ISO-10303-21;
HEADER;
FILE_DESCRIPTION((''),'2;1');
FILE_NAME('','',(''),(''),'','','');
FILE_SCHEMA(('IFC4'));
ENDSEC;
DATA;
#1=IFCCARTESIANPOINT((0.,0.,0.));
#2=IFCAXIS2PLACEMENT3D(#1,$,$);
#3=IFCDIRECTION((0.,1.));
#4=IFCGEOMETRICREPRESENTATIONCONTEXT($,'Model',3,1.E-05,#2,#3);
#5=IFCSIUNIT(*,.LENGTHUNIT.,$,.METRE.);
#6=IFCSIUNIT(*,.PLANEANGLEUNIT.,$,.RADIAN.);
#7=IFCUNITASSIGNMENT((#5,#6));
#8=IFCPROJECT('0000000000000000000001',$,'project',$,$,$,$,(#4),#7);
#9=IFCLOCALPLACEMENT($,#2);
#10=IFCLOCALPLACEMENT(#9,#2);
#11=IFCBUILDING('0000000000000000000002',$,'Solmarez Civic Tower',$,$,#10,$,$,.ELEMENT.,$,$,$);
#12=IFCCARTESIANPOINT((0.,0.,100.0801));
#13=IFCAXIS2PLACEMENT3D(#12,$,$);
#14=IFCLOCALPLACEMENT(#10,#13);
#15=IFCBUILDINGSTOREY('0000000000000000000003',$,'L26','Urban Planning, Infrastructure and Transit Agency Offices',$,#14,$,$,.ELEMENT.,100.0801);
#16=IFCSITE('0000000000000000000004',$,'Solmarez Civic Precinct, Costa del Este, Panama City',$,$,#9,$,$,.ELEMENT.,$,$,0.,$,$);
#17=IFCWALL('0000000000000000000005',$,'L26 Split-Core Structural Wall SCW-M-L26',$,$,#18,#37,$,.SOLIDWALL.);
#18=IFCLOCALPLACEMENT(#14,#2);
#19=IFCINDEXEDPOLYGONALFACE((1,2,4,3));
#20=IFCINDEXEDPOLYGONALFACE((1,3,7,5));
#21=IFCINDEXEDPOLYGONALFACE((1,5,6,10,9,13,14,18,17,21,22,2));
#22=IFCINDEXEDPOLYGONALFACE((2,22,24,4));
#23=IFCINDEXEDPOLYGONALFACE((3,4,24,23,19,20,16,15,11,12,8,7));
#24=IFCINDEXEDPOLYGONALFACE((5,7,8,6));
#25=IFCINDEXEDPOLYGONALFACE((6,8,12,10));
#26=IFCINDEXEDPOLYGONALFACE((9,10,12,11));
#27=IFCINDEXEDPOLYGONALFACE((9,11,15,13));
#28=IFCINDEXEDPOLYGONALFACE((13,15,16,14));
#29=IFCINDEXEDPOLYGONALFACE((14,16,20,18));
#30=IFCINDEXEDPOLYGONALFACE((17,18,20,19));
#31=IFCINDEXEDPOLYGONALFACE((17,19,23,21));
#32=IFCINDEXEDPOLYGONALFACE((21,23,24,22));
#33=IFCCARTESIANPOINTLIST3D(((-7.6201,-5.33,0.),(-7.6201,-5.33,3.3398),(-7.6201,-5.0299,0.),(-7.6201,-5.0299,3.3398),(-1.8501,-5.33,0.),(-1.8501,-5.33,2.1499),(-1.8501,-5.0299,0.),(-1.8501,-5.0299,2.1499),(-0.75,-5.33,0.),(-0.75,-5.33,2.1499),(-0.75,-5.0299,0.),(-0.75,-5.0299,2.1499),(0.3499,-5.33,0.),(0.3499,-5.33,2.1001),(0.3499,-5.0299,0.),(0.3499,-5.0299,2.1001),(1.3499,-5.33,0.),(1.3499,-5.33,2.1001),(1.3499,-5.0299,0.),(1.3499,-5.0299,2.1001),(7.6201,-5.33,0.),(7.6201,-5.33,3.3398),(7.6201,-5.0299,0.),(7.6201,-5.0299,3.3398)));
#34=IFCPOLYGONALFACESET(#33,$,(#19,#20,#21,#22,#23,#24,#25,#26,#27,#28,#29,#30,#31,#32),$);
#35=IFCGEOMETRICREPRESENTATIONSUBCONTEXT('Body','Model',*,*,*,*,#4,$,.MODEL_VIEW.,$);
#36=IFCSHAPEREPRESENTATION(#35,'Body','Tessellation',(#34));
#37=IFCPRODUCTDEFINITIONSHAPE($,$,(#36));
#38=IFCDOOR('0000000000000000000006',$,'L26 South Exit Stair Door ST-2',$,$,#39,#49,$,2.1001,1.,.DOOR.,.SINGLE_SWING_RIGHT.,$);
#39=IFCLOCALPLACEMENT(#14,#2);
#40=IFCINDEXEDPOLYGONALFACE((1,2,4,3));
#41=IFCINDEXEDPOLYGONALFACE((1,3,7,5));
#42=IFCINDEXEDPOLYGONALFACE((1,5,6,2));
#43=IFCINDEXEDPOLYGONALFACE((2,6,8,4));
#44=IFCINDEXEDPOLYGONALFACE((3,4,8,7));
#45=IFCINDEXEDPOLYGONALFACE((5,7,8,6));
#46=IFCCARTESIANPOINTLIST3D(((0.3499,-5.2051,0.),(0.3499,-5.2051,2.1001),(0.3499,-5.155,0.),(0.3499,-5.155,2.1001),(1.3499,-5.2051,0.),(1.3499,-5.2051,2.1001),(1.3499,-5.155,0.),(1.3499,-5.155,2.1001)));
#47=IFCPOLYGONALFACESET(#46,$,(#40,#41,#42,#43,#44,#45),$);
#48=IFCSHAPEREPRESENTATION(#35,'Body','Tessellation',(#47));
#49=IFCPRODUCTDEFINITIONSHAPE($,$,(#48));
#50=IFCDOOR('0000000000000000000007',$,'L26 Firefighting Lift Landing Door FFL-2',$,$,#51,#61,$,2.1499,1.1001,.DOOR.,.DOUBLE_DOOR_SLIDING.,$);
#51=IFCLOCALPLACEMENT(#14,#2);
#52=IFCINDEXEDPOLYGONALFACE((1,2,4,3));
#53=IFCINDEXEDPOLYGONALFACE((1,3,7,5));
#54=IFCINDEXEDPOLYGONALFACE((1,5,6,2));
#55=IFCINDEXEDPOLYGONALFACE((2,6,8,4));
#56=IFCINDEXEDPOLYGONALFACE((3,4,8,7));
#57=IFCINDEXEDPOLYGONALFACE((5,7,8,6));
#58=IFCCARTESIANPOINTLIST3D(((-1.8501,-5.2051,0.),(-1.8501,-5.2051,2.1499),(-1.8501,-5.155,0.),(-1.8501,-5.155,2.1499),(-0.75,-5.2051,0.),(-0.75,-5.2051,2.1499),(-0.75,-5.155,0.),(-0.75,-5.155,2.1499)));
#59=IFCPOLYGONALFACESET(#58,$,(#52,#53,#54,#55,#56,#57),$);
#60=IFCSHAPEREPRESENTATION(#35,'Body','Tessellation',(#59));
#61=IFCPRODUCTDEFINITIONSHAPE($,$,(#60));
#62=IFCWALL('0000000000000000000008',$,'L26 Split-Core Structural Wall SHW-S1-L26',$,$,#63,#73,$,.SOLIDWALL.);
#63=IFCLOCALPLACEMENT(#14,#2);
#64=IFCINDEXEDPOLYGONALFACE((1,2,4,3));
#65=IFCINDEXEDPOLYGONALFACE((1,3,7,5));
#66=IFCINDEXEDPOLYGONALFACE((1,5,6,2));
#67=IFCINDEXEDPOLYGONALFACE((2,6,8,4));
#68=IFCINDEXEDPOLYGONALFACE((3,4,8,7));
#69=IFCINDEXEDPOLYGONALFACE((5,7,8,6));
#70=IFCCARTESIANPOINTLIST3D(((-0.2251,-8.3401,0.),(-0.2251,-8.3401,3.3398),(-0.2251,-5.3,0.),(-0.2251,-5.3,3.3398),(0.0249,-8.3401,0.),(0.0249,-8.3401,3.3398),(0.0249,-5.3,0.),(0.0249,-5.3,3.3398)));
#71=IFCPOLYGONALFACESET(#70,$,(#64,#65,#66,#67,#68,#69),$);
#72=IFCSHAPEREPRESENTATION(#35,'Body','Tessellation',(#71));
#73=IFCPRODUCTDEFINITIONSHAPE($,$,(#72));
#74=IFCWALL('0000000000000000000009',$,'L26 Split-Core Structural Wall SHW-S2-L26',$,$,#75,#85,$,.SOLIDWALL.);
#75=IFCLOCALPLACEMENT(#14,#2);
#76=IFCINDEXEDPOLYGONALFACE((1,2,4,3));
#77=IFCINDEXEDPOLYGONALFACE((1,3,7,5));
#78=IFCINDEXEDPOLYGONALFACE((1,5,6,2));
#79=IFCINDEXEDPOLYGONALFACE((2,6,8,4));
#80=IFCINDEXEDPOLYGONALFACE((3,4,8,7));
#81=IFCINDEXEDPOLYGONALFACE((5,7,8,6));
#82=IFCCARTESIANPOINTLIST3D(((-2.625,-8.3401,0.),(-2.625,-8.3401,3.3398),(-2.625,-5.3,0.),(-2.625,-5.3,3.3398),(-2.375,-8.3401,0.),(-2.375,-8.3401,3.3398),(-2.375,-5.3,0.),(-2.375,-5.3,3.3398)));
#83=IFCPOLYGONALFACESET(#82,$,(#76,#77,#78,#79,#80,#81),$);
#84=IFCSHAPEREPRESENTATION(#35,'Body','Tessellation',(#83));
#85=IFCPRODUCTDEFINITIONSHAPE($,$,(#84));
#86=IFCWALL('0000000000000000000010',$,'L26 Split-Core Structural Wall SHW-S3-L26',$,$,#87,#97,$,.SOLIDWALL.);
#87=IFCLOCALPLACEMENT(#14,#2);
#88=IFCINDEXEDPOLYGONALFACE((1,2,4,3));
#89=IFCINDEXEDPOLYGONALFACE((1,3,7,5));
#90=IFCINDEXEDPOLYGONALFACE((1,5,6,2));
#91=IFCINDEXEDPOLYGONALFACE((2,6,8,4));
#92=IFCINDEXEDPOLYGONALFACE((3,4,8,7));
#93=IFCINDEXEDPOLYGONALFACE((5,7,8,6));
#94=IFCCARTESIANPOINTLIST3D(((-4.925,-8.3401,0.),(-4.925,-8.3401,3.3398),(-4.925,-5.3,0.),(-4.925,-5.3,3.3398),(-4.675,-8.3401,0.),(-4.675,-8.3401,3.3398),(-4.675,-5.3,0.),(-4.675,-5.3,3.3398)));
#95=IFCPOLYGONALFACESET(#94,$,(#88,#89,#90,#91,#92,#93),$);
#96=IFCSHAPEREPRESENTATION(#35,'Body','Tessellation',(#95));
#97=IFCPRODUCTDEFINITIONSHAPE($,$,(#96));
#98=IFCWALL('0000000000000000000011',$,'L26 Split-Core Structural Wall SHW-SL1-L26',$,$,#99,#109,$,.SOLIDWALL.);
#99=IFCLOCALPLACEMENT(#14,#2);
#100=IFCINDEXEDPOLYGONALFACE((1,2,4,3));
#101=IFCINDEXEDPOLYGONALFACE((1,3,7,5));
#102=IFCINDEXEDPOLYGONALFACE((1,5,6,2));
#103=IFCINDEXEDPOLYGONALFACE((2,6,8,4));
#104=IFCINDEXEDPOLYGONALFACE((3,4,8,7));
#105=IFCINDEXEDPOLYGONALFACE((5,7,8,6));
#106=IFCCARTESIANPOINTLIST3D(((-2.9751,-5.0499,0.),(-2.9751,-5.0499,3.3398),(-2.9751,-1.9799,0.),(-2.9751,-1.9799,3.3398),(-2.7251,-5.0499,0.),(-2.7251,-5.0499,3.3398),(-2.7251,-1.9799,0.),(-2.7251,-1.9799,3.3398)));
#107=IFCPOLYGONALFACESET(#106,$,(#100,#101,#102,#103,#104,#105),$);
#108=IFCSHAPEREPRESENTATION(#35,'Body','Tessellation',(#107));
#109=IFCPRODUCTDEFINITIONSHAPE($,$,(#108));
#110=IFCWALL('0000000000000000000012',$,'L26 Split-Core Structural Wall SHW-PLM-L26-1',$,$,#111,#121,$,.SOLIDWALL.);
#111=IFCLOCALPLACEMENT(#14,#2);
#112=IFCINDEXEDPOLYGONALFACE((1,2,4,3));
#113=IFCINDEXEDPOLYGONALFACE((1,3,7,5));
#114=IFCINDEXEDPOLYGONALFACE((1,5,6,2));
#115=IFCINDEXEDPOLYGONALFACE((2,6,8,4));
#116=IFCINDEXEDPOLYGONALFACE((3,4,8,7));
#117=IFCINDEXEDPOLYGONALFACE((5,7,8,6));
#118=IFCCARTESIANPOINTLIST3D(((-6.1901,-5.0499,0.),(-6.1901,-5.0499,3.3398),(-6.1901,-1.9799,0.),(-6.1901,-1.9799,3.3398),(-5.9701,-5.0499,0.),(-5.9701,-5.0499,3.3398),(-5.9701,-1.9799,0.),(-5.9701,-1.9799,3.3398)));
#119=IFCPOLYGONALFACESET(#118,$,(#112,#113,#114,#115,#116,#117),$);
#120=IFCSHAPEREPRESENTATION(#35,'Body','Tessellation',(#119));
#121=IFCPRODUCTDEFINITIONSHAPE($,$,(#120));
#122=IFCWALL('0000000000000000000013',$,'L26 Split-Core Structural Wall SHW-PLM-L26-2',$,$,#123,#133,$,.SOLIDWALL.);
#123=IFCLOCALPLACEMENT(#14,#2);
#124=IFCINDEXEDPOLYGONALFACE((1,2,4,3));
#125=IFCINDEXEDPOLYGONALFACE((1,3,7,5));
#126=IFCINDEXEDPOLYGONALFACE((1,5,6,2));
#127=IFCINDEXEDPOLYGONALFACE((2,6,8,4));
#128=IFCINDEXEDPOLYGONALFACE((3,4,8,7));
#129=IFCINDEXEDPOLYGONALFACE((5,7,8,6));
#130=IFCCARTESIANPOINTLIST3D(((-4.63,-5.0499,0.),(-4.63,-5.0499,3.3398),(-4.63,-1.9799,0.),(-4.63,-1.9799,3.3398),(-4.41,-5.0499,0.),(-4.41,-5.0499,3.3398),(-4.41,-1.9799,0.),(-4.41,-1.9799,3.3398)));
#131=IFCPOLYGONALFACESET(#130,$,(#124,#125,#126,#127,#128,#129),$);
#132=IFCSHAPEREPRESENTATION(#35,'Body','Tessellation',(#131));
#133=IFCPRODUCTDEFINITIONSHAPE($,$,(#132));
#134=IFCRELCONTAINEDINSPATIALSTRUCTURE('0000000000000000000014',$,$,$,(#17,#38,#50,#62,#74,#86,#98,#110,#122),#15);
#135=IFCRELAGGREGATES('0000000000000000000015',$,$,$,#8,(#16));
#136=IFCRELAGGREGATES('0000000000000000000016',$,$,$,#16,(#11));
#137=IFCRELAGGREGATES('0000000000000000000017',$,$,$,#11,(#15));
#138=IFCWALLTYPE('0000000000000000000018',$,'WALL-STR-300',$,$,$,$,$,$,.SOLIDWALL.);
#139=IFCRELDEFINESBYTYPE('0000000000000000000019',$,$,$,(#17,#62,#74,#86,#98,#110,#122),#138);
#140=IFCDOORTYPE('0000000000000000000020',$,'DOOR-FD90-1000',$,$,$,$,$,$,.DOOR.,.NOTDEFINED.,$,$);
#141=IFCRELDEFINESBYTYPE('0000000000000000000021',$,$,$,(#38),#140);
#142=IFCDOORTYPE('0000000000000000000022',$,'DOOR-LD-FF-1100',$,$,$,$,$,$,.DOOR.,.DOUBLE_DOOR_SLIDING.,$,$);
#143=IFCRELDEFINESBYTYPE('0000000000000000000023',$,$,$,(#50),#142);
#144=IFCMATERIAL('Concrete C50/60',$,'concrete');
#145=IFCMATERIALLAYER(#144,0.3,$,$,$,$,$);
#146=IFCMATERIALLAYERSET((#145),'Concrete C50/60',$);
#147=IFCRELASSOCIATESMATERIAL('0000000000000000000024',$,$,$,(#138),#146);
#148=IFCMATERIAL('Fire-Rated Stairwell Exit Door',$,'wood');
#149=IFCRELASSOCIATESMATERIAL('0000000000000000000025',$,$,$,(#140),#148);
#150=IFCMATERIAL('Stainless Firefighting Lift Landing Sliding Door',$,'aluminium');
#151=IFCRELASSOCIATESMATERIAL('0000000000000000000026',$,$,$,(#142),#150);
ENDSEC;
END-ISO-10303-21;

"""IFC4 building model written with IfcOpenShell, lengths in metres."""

from ifc_helpers import new_model, si_unit, direction, frame, frame_2d, origin, place, context, subcontext, project, spatial, rectangle, extrude, material, layer, layer_set, type_object, element, fill, save


model = new_model("IFC4")

# Units and contexts
model_context = context("Model", 3, precision=1e-05, world=origin(), true_north=direction((0.0, 1.0)))
body_context = subcontext(model_context, "Body", "Model", "MODEL_VIEW")
ifc_project = project(units=[si_unit("LENGTHUNIT", "METRE"), si_unit("PLANEANGLEUNIT", "RADIAN")], contexts=[model_context])

# Site, building, storey
site_placement = place(None, origin())
site = spatial("IfcSite", under=ifc_project, at=site_placement, Name="Solmarez Civic Precinct, Costa del Este, Panama City", CompositionType="ELEMENT", RefElevation=0.0)
building_placement = place(site_placement, origin())
building = spatial("IfcBuilding", under=site, at=building_placement, Name="Solmarez Civic Tower", CompositionType="ELEMENT")
storey_placement = place(building_placement, frame((0.0, 0.0, 100.0801)))
storey = spatial("IfcBuildingStorey", under=building, at=storey_placement, Name="L26", Description="Urban Planning, Infrastructure and Transit Agency Offices", CompositionType="ELEMENT", Elevation=100.0801)

# Wall, openings, doors
ifc_material_1 = material(Name="Concrete C50/60", Category="concrete")
ifc_layer_1 = layer(ifc_material_1, 0.3)
ifc_layer_set_1 = layer_set([ifc_layer_1], Name="Concrete C50/60")
wall_type_1 = type_object("IfcWallType", Name="WALL-STR-300", PredefinedType="SOLIDWALL", material=ifc_layer_set_1)
wall_1_placement = place(storey_placement, frame((-7.6201, -5.1799, 0.0), z_axis=(0.0, 0.0, 1.0), x_axis=(1.0, 0.0, 0.0)))
wall_1 = element("IfcWall", 1, at=wall_1_placement, inside=storey, type_object=wall_type_1, Name="L26 Split-Core Structural Wall SCW-M-L26", PredefinedType="SOLIDWALL", context=body_context, shape_type="SweptSolid", body=[
    extrude(rectangle(XDim=15.2402, YDim=0.3, at=frame_2d((7.6201, 0.0))), origin(), (0.0, 0.0, 1.0), 3.3398),
])
opening_1_placement = place(wall_1_placement, frame((5.77, 0.0, 0.0)))
opening_1 = element("IfcOpeningElement", 2, at=opening_1_placement, cuts=wall_1, PredefinedType="OPENING", context=body_context, shape_type="SweptSolid", body=[
    extrude(rectangle(XDim=1.1001, YDim=2.1499, at=frame_2d((0.55, 1.075))), frame((0.0, 0.1599, 0.0), z_axis=(0.0, -1.0, 0.0), x_axis=(1.0, 0.0, 0.0)), (0.0, 0.0, 1.0), 0.3201),
])
opening_2_placement = place(wall_1_placement, frame((7.97, 0.0, 0.0)))
opening_2 = element("IfcOpeningElement", 3, at=opening_2_placement, cuts=wall_1, PredefinedType="OPENING", context=body_context, shape_type="SweptSolid", body=[
    extrude(rectangle(XDim=1.0, YDim=2.1001, at=frame_2d((0.5, 1.05))), frame((0.0, 0.1599, 0.0), z_axis=(0.0, -1.0, 0.0), x_axis=(1.0, 0.0, 0.0)), (0.0, 0.0, 1.0), 0.3201),
])
ifc_material_2 = material(Name="Fire-Rated Stairwell Exit Door", Category="wood")
door_type_1 = type_object("IfcDoorType", Name="DOOR-FD90-1000", OperationType="NOTDEFINED", PredefinedType="DOOR", material=ifc_material_2)
door_1_placement = place(opening_2_placement, origin())
door_1 = element("IfcDoor", 4, at=door_1_placement, inside=storey, type_object=door_type_1, Name="L26 South Exit Stair Door ST-2", OperationType="SINGLE_SWING_RIGHT", OverallHeight=2.1001, OverallWidth=1.0, PredefinedType="DOOR", context=body_context, shape_type="SweptSolid", body=[
    extrude(rectangle(XDim=1.0, YDim=2.1001, at=frame_2d((0.5, 1.05))), frame((0.0, 0.0249, 0.0), z_axis=(0.0, -1.0, 0.0), x_axis=(1.0, 0.0, 0.0)), (0.0, 0.0, 1.0), 0.05),
])
fill(opening_2, door_1)
ifc_material_3 = material(Name="Stainless Firefighting Lift Landing Sliding Door", Category="aluminium")
door_type_2 = type_object("IfcDoorType", Name="DOOR-LD-FF-1100", OperationType="DOUBLE_DOOR_SLIDING", PredefinedType="DOOR", material=ifc_material_3)
door_2_placement = place(opening_1_placement, origin())
door_2 = element("IfcDoor", 5, at=door_2_placement, inside=storey, type_object=door_type_2, Name="L26 Firefighting Lift Landing Door FFL-2", OperationType="DOUBLE_DOOR_SLIDING", OverallHeight=2.1499, OverallWidth=1.1001, PredefinedType="DOOR", context=body_context, shape_type="SweptSolid", body=[
    extrude(rectangle(XDim=1.1001, YDim=2.1499, at=frame_2d((0.55, 1.075))), frame((0.0, 0.0249, 0.0), z_axis=(0.0, -1.0, 0.0), x_axis=(1.0, 0.0, 0.0)), (0.0, 0.0, 1.0), 0.05),
])
fill(opening_1, door_2)

# Walls
for number, where, z_axis, x_axis, name in (
    (6, (-0.1001, -8.3401, 0.0), (0.0, 0.0, 1.0), (0.0, 1.0, 0.0), "L26 Split-Core Structural Wall SHW-S1-L26"),
    (7, (-2.5, -8.3401, 0.0), (0.0, 0.0, 1.0), (0.0, 1.0, 0.0), "L26 Split-Core Structural Wall SHW-S2-L26"),
    (8, (-4.8, -8.3401, 0.0), (0.0, 0.0, 1.0), (0.0, 1.0, 0.0), "L26 Split-Core Structural Wall SHW-S3-L26"),
):
    element("IfcWall", number, at=place(storey_placement, frame(where, z_axis=z_axis, x_axis=x_axis)), inside=storey, type_object=wall_type_1, Name=name, PredefinedType="SOLIDWALL", context=body_context, shape_type="SweptSolid", body=[
        extrude(rectangle(XDim=3.04, YDim=0.25, at=frame_2d((1.52, 0.0))), origin(), (0.0, 0.0, 1.0), 3.3398),
    ])
wall_2_placement = place(storey_placement, frame((-2.8501, -5.05, 0.0), z_axis=(0.0, 0.0, 1.0), x_axis=(0.0, 1.0, 0.0)))
element("IfcWall", 9, at=wall_2_placement, inside=storey, type_object=wall_type_1, Name="L26 Split-Core Structural Wall SHW-SL1-L26", PredefinedType="SOLIDWALL", context=body_context, shape_type="SweptSolid", body=[
    extrude(rectangle(XDim=3.0701, YDim=0.25, at=frame_2d((1.5352, 0.0))), origin(), (0.0, 0.0, 1.0), 3.3398),
])
for number, where, z_axis, x_axis, name in (
    (10, (-6.0801, -5.05, 0.0), (0.0, 0.0, 1.0), (0.0, 1.0, 0.0), "L26 Split-Core Structural Wall SHW-PLM-L26-1"),
    (11, (-4.52, -5.05, 0.0), (0.0, 0.0, 1.0), (0.0, 1.0, 0.0), "L26 Split-Core Structural Wall SHW-PLM-L26-2"),
):
    element("IfcWall", number, at=place(storey_placement, frame(where, z_axis=z_axis, x_axis=x_axis)), inside=storey, type_object=wall_type_1, Name=name, PredefinedType="SOLIDWALL", context=body_context, shape_type="SweptSolid", body=[
        extrude(rectangle(XDim=3.0701, YDim=0.22, at=frame_2d((1.5352, 0.0))), origin(), (0.0, 0.0, 1.0), 3.3398),
    ])

save(model, "model.ifc")
